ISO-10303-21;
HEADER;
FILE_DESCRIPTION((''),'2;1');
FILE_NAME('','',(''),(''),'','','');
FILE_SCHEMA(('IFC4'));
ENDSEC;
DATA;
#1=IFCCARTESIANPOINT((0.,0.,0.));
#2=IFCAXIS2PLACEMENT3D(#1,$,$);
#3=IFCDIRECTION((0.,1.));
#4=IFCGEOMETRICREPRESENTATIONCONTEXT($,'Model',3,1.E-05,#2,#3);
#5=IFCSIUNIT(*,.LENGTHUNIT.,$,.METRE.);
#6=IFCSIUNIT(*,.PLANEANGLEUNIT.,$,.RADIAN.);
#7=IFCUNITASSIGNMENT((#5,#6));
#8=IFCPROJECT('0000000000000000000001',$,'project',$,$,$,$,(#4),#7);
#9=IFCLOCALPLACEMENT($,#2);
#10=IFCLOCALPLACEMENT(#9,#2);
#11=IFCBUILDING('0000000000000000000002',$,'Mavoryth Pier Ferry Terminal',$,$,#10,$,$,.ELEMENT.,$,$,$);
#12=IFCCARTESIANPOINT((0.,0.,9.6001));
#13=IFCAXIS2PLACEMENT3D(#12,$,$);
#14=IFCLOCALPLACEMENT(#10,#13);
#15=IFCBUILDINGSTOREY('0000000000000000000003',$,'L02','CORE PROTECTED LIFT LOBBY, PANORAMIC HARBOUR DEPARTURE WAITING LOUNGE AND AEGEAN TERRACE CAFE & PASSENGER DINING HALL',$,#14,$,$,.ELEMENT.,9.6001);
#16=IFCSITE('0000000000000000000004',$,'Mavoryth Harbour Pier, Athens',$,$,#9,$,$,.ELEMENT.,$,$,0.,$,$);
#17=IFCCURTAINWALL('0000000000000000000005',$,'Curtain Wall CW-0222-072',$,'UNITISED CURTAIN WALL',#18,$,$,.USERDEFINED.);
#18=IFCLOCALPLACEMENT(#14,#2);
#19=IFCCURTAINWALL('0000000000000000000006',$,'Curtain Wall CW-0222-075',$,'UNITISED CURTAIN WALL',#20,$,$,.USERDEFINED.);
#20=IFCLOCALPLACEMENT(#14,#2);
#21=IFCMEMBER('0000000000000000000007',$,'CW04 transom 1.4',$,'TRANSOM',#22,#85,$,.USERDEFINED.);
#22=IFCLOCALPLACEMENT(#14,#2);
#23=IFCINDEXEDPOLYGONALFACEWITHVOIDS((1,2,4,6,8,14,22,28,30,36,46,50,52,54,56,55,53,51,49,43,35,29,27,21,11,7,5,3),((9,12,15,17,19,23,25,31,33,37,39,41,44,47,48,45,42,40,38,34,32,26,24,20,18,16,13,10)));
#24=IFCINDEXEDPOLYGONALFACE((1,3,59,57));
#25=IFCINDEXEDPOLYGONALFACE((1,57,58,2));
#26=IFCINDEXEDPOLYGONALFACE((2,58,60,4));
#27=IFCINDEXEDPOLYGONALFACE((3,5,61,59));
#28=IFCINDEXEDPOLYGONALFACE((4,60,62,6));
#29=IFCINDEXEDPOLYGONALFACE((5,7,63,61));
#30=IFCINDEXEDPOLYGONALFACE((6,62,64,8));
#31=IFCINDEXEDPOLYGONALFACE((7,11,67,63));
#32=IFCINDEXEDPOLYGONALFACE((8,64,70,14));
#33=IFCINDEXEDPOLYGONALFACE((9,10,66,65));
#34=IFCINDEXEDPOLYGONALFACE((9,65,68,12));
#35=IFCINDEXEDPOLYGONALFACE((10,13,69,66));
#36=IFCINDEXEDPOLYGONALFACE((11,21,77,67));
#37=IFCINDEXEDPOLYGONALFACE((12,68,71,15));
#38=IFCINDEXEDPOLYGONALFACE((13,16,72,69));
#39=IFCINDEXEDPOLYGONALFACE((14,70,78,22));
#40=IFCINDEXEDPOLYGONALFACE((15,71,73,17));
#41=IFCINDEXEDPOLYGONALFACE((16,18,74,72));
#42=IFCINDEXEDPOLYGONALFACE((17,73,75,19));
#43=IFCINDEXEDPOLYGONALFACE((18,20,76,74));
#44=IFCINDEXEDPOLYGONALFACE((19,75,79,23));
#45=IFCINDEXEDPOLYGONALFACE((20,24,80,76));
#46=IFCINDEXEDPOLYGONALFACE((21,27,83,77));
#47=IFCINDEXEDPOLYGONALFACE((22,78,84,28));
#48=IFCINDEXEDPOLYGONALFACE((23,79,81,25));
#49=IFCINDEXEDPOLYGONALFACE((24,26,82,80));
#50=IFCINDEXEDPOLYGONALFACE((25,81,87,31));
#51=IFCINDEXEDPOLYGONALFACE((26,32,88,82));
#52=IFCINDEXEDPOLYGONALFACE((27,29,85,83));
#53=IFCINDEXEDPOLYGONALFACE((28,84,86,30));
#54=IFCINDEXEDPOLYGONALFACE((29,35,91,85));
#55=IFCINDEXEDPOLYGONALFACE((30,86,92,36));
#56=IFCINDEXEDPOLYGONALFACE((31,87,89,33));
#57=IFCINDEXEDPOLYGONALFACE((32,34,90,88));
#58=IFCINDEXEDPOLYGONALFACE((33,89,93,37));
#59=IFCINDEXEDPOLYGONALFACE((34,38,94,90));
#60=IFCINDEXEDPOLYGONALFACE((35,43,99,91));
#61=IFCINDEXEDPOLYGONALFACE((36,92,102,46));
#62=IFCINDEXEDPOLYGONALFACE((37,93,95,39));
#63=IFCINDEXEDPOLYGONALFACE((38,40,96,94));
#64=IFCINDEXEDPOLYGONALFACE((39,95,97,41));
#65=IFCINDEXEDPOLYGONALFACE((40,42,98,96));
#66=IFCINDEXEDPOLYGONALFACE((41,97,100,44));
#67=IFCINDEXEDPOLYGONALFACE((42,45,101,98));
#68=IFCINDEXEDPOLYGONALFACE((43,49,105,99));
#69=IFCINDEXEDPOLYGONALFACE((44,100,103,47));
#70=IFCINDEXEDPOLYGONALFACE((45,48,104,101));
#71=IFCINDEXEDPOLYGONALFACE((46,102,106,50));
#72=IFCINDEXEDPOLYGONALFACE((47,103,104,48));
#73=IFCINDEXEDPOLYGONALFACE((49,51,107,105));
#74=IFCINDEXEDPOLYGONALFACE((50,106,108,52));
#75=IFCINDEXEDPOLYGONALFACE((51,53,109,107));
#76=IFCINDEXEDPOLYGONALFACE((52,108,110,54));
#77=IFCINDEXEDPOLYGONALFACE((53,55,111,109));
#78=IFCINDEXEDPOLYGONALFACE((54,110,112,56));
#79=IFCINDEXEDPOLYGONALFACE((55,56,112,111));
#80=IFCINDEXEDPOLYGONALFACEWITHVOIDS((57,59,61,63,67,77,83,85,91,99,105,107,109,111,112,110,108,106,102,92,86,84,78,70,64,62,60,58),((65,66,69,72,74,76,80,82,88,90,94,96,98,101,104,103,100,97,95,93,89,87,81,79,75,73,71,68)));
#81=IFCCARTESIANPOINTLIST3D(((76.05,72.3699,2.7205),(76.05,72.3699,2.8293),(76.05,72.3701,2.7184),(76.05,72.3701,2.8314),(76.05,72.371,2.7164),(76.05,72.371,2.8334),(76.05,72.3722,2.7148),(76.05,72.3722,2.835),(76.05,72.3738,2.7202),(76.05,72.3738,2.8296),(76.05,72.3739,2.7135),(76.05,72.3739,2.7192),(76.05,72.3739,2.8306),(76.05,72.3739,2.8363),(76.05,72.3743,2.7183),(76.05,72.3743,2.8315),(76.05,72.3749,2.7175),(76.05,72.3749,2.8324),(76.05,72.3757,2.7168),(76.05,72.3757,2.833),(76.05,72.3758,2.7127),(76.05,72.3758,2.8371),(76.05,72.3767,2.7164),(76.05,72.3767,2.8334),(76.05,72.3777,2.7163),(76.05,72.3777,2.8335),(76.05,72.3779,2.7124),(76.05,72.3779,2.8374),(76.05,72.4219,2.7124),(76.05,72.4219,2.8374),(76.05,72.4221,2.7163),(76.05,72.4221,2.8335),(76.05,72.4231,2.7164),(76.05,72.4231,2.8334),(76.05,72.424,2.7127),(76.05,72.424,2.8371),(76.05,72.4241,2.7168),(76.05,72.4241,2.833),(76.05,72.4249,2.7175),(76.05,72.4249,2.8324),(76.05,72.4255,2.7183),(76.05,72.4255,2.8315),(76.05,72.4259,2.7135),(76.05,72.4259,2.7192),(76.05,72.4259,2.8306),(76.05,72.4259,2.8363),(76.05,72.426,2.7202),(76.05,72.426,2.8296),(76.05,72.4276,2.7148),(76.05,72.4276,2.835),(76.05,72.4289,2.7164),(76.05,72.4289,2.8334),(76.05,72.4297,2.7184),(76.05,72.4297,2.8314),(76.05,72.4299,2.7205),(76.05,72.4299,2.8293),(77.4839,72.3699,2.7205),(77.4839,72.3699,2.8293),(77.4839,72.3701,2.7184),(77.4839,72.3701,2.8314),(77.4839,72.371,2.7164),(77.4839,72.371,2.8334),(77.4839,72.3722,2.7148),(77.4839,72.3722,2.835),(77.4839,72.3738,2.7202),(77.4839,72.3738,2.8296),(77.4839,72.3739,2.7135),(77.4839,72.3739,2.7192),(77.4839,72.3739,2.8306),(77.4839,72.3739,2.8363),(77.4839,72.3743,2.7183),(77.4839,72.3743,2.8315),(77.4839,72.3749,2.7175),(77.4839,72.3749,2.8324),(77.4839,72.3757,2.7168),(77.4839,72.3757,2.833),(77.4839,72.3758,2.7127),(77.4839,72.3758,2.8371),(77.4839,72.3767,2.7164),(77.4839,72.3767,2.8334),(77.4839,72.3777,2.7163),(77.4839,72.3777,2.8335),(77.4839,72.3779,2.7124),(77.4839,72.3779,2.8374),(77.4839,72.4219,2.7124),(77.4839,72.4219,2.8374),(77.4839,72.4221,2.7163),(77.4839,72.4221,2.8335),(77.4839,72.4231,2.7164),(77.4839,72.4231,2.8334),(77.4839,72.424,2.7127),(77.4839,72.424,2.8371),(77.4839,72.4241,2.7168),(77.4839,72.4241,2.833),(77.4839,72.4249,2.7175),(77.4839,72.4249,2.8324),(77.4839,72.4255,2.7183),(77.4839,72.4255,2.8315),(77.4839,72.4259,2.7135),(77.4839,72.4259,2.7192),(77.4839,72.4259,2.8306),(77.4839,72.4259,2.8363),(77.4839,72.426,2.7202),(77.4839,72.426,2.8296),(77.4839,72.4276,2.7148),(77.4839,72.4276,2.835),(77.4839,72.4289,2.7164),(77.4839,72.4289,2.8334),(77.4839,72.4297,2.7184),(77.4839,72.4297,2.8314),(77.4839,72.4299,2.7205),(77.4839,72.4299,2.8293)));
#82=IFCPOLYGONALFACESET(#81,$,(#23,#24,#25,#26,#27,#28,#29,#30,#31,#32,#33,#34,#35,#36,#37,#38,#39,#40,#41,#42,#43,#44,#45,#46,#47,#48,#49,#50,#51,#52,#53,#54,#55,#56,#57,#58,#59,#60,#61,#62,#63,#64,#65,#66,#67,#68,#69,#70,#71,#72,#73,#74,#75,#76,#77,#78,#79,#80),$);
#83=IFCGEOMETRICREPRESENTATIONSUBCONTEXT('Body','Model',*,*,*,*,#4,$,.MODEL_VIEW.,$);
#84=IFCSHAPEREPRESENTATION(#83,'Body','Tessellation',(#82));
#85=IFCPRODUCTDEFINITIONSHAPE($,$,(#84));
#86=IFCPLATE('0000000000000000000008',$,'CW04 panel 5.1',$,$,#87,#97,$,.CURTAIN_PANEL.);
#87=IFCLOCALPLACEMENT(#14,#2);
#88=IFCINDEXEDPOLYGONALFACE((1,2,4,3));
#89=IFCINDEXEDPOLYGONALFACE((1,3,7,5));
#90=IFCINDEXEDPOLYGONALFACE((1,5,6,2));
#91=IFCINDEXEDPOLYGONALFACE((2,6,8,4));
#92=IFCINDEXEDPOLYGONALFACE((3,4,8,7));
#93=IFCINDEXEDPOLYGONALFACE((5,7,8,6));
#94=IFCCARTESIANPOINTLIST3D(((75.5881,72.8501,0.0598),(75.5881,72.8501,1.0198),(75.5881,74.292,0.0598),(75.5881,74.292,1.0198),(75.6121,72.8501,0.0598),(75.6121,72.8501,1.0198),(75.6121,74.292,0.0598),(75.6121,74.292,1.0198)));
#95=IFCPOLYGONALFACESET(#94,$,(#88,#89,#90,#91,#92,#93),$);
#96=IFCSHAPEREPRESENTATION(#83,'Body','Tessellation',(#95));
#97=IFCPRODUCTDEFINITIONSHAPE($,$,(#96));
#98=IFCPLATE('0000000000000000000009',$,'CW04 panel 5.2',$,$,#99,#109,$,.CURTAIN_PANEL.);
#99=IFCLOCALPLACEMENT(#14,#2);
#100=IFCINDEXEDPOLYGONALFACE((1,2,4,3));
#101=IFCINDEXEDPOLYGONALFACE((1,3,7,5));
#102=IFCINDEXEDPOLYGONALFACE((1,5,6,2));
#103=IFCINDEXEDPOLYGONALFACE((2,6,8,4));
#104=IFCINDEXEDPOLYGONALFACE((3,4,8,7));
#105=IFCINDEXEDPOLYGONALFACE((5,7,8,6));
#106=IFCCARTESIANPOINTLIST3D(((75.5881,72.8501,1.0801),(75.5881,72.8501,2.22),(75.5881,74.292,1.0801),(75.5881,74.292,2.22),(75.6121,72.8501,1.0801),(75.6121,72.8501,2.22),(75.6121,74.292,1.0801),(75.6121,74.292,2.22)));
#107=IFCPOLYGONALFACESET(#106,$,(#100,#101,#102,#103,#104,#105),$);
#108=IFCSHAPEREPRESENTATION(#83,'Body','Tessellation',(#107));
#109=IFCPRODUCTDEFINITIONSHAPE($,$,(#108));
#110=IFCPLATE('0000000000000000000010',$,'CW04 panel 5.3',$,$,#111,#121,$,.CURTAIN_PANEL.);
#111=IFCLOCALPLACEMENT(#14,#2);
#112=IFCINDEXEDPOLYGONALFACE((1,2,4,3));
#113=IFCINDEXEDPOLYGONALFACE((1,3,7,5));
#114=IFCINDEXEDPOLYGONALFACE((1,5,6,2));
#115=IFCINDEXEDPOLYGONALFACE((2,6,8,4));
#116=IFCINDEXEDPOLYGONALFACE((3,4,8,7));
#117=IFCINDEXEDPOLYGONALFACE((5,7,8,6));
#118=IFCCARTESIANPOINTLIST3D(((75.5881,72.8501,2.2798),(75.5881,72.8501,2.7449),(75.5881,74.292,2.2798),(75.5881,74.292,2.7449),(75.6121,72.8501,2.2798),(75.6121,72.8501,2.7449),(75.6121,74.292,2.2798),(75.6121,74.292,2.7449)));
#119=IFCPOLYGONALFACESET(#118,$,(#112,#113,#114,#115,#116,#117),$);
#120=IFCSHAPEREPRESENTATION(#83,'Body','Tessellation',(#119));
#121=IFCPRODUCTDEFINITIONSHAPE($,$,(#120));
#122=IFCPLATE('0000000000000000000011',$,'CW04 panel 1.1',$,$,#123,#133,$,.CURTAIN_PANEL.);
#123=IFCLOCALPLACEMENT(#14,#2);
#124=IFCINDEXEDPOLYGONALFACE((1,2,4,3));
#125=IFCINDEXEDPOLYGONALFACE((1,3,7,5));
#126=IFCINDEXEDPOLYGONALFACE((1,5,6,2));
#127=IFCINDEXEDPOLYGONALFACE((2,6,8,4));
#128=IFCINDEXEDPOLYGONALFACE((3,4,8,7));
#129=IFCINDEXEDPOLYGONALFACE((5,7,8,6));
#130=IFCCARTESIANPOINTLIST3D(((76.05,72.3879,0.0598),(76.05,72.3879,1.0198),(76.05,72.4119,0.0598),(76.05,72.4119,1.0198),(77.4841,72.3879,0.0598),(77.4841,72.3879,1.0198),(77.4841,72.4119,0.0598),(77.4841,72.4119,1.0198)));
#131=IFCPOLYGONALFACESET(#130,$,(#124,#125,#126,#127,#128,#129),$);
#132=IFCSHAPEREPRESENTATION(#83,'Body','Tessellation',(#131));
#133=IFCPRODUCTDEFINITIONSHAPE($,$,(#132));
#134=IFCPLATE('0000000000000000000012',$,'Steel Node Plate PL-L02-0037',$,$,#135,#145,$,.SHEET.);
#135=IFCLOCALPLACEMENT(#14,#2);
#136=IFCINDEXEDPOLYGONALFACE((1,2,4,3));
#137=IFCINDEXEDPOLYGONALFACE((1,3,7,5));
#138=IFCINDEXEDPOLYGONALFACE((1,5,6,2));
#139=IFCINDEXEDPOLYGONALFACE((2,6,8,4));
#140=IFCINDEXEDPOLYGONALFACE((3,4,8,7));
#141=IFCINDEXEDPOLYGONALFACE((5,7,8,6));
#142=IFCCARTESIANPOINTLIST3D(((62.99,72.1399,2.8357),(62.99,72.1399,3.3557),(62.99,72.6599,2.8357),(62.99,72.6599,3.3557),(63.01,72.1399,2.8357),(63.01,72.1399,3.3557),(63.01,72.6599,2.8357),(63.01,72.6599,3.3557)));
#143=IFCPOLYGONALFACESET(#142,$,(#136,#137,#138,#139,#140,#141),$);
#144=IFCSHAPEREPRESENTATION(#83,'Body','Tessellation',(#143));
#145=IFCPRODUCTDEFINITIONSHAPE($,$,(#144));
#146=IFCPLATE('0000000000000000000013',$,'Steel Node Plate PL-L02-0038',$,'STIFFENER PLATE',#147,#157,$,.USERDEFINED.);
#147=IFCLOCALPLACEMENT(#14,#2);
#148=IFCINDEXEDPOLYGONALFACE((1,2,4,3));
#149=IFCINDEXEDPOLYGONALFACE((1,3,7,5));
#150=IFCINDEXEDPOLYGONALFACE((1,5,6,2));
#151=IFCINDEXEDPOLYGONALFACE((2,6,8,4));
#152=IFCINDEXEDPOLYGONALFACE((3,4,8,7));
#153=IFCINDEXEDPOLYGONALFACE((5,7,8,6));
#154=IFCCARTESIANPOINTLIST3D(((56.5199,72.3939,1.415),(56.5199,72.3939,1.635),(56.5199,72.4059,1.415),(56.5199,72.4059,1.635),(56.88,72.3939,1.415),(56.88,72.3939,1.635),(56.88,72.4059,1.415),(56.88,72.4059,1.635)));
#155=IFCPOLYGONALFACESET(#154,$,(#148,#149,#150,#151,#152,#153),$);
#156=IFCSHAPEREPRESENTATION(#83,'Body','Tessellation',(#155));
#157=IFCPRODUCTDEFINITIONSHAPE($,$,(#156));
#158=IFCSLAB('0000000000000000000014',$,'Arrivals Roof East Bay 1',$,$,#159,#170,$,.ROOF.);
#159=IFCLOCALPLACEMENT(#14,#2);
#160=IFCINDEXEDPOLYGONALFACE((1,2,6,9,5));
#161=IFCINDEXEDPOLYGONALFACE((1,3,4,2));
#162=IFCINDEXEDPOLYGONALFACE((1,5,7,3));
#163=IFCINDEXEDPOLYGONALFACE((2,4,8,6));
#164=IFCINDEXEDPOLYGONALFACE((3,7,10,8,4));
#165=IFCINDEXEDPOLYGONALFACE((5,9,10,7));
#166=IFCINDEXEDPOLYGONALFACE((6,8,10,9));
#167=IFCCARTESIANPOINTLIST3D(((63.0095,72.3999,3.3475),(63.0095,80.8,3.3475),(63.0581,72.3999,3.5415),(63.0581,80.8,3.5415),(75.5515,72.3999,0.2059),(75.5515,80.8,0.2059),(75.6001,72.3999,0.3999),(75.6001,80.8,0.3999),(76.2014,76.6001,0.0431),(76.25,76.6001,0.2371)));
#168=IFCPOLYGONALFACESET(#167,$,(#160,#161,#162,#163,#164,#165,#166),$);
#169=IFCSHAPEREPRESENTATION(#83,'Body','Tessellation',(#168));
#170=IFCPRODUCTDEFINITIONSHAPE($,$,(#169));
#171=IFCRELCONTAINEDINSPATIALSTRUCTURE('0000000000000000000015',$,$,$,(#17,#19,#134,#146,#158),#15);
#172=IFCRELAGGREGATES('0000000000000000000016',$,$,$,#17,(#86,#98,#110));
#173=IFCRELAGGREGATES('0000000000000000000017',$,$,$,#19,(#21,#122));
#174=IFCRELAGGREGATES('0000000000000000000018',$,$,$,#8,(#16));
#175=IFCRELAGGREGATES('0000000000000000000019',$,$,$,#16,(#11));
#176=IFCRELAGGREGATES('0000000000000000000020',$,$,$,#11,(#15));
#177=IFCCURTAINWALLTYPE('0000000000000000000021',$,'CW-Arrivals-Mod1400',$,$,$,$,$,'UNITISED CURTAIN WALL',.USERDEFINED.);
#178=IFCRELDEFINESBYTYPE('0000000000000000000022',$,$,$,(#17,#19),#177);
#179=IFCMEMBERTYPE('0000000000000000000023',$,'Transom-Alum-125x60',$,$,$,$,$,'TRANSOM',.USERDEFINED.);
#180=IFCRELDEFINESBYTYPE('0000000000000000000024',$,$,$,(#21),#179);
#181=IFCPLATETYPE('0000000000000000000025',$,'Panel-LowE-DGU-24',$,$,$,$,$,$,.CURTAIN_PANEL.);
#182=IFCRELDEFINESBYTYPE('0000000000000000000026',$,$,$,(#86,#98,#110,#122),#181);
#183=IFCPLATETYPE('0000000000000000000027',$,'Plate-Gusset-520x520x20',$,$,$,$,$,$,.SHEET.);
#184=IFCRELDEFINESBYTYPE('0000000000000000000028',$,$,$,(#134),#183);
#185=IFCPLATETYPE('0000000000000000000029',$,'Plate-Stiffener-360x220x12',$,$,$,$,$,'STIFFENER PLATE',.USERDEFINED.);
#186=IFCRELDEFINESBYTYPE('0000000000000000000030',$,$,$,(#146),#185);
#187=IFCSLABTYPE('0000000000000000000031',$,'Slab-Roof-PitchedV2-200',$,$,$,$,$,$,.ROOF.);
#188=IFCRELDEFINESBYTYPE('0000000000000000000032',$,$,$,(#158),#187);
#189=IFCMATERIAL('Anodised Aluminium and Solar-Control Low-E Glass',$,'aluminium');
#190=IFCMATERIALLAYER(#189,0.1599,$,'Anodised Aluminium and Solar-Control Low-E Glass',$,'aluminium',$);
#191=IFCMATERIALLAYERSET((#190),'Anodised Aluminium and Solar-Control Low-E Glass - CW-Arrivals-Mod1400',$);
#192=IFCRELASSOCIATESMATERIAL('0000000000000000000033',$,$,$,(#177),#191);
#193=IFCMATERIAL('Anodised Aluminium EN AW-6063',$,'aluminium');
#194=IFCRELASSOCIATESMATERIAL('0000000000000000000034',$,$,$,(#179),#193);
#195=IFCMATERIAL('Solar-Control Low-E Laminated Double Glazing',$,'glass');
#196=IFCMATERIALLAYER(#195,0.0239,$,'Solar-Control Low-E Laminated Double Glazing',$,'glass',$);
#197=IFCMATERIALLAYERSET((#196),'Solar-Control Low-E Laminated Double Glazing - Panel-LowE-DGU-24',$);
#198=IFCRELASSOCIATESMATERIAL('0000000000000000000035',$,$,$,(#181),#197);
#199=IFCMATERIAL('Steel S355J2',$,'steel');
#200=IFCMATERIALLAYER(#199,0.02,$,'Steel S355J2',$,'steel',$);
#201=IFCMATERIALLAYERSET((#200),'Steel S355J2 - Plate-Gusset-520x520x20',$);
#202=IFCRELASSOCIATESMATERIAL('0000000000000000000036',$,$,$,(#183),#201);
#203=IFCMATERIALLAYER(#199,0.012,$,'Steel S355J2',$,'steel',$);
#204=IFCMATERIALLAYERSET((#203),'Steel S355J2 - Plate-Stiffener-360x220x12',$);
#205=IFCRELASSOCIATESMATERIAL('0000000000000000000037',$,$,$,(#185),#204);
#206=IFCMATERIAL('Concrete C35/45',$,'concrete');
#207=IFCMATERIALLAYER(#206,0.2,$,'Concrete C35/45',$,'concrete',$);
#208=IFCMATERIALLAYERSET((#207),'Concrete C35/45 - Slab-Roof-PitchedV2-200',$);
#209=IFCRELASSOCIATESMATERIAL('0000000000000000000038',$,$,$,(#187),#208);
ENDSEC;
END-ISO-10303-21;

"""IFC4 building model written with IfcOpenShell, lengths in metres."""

from ifc_helpers import new_model, si_unit, direction, frame, origin, origin_2d, place, context, subcontext, project, spatial, polyline, rectangle, hollow_rectangle, outline, extrude, material, layer, layer_set, material_profile, profile_set, type_object, element, aggregate, save


model = new_model("IFC4")

# Units and contexts
model_context = context("Model", 3, precision=1e-05, world=origin(), true_north=direction((0.0, 1.0)))
body_context = subcontext(model_context, "Body", "Model", "MODEL_VIEW")
ifc_project = project(units=[si_unit("LENGTHUNIT", "METRE"), si_unit("PLANEANGLEUNIT", "RADIAN")], contexts=[model_context])

# Site, building, storey
site_placement = place(None, origin())
site = spatial("IfcSite", under=ifc_project, at=site_placement, Name="Mavoryth Harbour Pier, Athens", CompositionType="ELEMENT", RefElevation=0.0)
building_placement = place(site_placement, origin())
building = spatial("IfcBuilding", under=site, at=building_placement, Name="Mavoryth Pier Ferry Terminal", CompositionType="ELEMENT")
storey_placement = place(building_placement, frame((0.0, 0.0, 9.6001)))
storey = spatial("IfcBuildingStorey", under=building, at=storey_placement, Name="L02", Description="CORE PROTECTED LIFT LOBBY, PANORAMIC HARBOUR DEPARTURE WAITING LOUNGE AND AEGEAN TERRACE CAFE & PASSENGER DINING HALL", CompositionType="ELEMENT", Elevation=9.6001)

# Shared definitions
ifc_material_1 = material(Name="Steel S355J2", Category="steel")

# Curtain walls
ifc_material_2 = material(Name="Anodised Aluminium and Solar-Control Low-E Glass", Category="aluminium")
ifc_layer_1 = layer(ifc_material_2, 0.1599, Name="Anodised Aluminium and Solar-Control Low-E Glass", Category="aluminium")
ifc_layer_set_1 = layer_set([ifc_layer_1], Name="Anodised Aluminium and Solar-Control Low-E Glass - CW-Arrivals-Mod1400")
curtain_wall_type = type_object("IfcCurtainWallType", Name="CW-Arrivals-Mod1400", ElementType="UNITISED CURTAIN WALL", PredefinedType="USERDEFINED", material=ifc_layer_set_1)
curtain_wall_1_placement = place(storey_placement, origin())
curtain_wall_1 = element("IfcCurtainWall", 1, at=curtain_wall_1_placement, inside=storey, type_object=curtain_wall_type, Name="Curtain Wall CW-0222-072", ObjectType="UNITISED CURTAIN WALL", PredefinedType="USERDEFINED")
ifc_material_3 = material(Name="Anodised Aluminium EN AW-6063", Category="aluminium")
curtain_wall_2_placement = place(storey_placement, origin())
curtain_wall_2 = element("IfcCurtainWall", 2, at=curtain_wall_2_placement, inside=storey, type_object=curtain_wall_type, Name="Curtain Wall CW-0222-075", ObjectType="UNITISED CURTAIN WALL", PredefinedType="USERDEFINED")

# Shared definitions
ifc_material_4 = material(Name="Concrete C35/45", Category="concrete")

# Member
ifc_material_profile_1 = material_profile(ifc_material_3, hollow_rectangle(XDim=0.0601, YDim=0.125, WallThickness=0.0039, InnerFilletRadius=0.0039, OuterFilletRadius=0.0081, at=origin_2d()), Name="AL-TRAN 125x60x4", Category="aluminium")
ifc_profile_set_1 = profile_set([ifc_material_profile_1], Name="Anodised Aluminium EN AW-6063 - AL-TRAN 125x60x4")
member_type_1 = type_object("IfcMemberType", Name="Transom-Alum-125x60", ElementType="TRANSOM", PredefinedType="USERDEFINED", material=ifc_profile_set_1)
member_1_placement = place(storey_placement, frame((76.05, 72.3999, 2.7749), z_axis=(1.0, 0.0, 0.0), x_axis=(0.0, 1.0, 0.0)))
member_1 = element("IfcMember", 3, at=member_1_placement, type_object=member_type_1, Name="CW04 transom 1.4", ObjectType="TRANSOM", PredefinedType="USERDEFINED", context=body_context, shape_type="SweptSolid", body=[
    extrude(hollow_rectangle(XDim=0.0601, YDim=0.125, WallThickness=0.0039, InnerFilletRadius=0.0039, OuterFilletRadius=0.0081, at=origin_2d()), origin(), (0.0, 0.0, 1.0), 1.4338),
])

# Plates
ifc_material_5 = material(Name="Solar-Control Low-E Laminated Double Glazing", Category="glass")
ifc_layer_2 = layer(ifc_material_5, 0.0239, Name="Solar-Control Low-E Laminated Double Glazing", Category="glass")
ifc_layer_set_2 = layer_set([ifc_layer_2], Name="Solar-Control Low-E Laminated Double Glazing - Panel-LowE-DGU-24")
plate_type_1 = type_object("IfcPlateType", Name="Panel-LowE-DGU-24", PredefinedType="CURTAIN_PANEL", material=ifc_layer_set_2)
plate_1_placement = place(storey_placement, frame((75.6001, 73.571, 0.0598), z_axis=(0.0, 0.0, 1.0), x_axis=(0.0, -1.0, 0.0)))
plate_1 = element("IfcPlate", 4, at=plate_1_placement, type_object=plate_type_1, Name="CW04 panel 5.1", PredefinedType="CURTAIN_PANEL", context=body_context, shape_type="SweptSolid", body=[
    extrude(rectangle(XDim=1.4419, YDim=0.0239, at=origin_2d()), origin(), (0.0, 0.0, 1.0), 0.96),
])
plate_2_placement = place(storey_placement, frame((75.6001, 73.571, 1.0801), z_axis=(0.0, 0.0, 1.0), x_axis=(0.0, -1.0, 0.0)))
plate_2 = element("IfcPlate", 5, at=plate_2_placement, type_object=plate_type_1, Name="CW04 panel 5.2", PredefinedType="CURTAIN_PANEL", context=body_context, shape_type="SweptSolid", body=[
    extrude(rectangle(XDim=1.4419, YDim=0.0239, at=origin_2d()), origin(), (0.0, 0.0, 1.0), 1.1399),
])
plate_3_placement = place(storey_placement, frame((75.6001, 73.571, 2.2798), z_axis=(0.0, 0.0, 1.0), x_axis=(0.0, -1.0, 0.0)))
plate_3 = element("IfcPlate", 6, at=plate_3_placement, type_object=plate_type_1, Name="CW04 panel 5.3", PredefinedType="CURTAIN_PANEL", context=body_context, shape_type="SweptSolid", body=[
    extrude(rectangle(XDim=1.4419, YDim=0.0239, at=origin_2d()), origin(), (0.0, 0.0, 1.0), 0.4651),
])
aggregate(curtain_wall_1, [plate_1, plate_2, plate_3])
plate_4_placement = place(storey_placement, frame((76.7671, 72.3999, 0.0598), z_axis=(0.0, 0.0, 1.0), x_axis=(1.0, 0.0, 0.0)))
plate_4 = element("IfcPlate", 7, at=plate_4_placement, type_object=plate_type_1, Name="CW04 panel 1.1", PredefinedType="CURTAIN_PANEL", context=body_context, shape_type="SweptSolid", body=[
    extrude(rectangle(XDim=1.4341, YDim=0.0239, at=origin_2d()), origin(), (0.0, 0.0, 1.0), 0.96),
])
aggregate(curtain_wall_2, [member_1, plate_4])

# Plates
ifc_layer_3 = layer(ifc_material_1, 0.02, Name="Steel S355J2", Category="steel")
ifc_layer_set_3 = layer_set([ifc_layer_3], Name="Steel S355J2 - Plate-Gusset-520x520x20")
plate_type_2 = type_object("IfcPlateType", Name="Plate-Gusset-520x520x20", PredefinedType="SHEET", material=ifc_layer_set_3)
plate_5_placement = place(storey_placement, frame((63.0, 72.3999, 2.8357), z_axis=(0.0, 0.0, 1.0), x_axis=(0.0, 1.0, 0.0)))
element("IfcPlate", 8, at=plate_5_placement, inside=storey, type_object=plate_type_2, Name="Steel Node Plate PL-L02-0037", PredefinedType="SHEET", context=body_context, shape_type="SweptSolid", body=[
    extrude(rectangle(XDim=0.52, YDim=0.02, at=origin_2d()), origin(), (0.0, 0.0, 1.0), 0.52),
])
ifc_layer_4 = layer(ifc_material_1, 0.012, Name="Steel S355J2", Category="steel")
ifc_layer_set_4 = layer_set([ifc_layer_4], Name="Steel S355J2 - Plate-Stiffener-360x220x12")
plate_type_3 = type_object("IfcPlateType", Name="Plate-Stiffener-360x220x12", ElementType="STIFFENER PLATE", PredefinedType="USERDEFINED", material=ifc_layer_set_4)
plate_6_placement = place(storey_placement, frame((56.7, 72.3999, 1.415), z_axis=(0.0, 0.0, 1.0), x_axis=(1.0, 0.0, 0.0)))
element("IfcPlate", 9, at=plate_6_placement, inside=storey, type_object=plate_type_3, Name="Steel Node Plate PL-L02-0038", ObjectType="STIFFENER PLATE", PredefinedType="USERDEFINED", context=body_context, shape_type="SweptSolid", body=[
    extrude(rectangle(XDim=0.3601, YDim=0.012, at=origin_2d()), origin(), (0.0, 0.0, 1.0), 0.22),
])

# Slab
ifc_layer_5 = layer(ifc_material_4, 0.2, Name="Concrete C35/45", Category="concrete")
ifc_layer_set_5 = layer_set([ifc_layer_5], Name="Concrete C35/45 - Slab-Roof-PitchedV2-200")
slab_type = type_object("IfcSlabType", Name="Slab-Roof-PitchedV2-200", PredefinedType="ROOF", material=ifc_layer_set_5)
slab_placement = place(storey_placement, frame((63.0581, 72.3999, 3.5415), z_axis=(0.242982, 0.0, 0.970031), x_axis=(0.970031, 0.0, -0.242982)))
element("IfcSlab", 10, at=slab_placement, inside=storey, type_object=slab_type, Name="Arrivals Roof East Bay 1", PredefinedType="ROOF", context=body_context, shape_type="SweptSolid", body=[
    extrude(outline(polyline([(0.0, 0.0), (12.9295, 0.0), (13.5995, 4.2002), (12.9295, 8.4001), (0.0, 8.4001), (0.0, 0.0)])), origin(), (0.0, 0.0, -1.0), 0.2),
])

save(model, "model.ifc")
